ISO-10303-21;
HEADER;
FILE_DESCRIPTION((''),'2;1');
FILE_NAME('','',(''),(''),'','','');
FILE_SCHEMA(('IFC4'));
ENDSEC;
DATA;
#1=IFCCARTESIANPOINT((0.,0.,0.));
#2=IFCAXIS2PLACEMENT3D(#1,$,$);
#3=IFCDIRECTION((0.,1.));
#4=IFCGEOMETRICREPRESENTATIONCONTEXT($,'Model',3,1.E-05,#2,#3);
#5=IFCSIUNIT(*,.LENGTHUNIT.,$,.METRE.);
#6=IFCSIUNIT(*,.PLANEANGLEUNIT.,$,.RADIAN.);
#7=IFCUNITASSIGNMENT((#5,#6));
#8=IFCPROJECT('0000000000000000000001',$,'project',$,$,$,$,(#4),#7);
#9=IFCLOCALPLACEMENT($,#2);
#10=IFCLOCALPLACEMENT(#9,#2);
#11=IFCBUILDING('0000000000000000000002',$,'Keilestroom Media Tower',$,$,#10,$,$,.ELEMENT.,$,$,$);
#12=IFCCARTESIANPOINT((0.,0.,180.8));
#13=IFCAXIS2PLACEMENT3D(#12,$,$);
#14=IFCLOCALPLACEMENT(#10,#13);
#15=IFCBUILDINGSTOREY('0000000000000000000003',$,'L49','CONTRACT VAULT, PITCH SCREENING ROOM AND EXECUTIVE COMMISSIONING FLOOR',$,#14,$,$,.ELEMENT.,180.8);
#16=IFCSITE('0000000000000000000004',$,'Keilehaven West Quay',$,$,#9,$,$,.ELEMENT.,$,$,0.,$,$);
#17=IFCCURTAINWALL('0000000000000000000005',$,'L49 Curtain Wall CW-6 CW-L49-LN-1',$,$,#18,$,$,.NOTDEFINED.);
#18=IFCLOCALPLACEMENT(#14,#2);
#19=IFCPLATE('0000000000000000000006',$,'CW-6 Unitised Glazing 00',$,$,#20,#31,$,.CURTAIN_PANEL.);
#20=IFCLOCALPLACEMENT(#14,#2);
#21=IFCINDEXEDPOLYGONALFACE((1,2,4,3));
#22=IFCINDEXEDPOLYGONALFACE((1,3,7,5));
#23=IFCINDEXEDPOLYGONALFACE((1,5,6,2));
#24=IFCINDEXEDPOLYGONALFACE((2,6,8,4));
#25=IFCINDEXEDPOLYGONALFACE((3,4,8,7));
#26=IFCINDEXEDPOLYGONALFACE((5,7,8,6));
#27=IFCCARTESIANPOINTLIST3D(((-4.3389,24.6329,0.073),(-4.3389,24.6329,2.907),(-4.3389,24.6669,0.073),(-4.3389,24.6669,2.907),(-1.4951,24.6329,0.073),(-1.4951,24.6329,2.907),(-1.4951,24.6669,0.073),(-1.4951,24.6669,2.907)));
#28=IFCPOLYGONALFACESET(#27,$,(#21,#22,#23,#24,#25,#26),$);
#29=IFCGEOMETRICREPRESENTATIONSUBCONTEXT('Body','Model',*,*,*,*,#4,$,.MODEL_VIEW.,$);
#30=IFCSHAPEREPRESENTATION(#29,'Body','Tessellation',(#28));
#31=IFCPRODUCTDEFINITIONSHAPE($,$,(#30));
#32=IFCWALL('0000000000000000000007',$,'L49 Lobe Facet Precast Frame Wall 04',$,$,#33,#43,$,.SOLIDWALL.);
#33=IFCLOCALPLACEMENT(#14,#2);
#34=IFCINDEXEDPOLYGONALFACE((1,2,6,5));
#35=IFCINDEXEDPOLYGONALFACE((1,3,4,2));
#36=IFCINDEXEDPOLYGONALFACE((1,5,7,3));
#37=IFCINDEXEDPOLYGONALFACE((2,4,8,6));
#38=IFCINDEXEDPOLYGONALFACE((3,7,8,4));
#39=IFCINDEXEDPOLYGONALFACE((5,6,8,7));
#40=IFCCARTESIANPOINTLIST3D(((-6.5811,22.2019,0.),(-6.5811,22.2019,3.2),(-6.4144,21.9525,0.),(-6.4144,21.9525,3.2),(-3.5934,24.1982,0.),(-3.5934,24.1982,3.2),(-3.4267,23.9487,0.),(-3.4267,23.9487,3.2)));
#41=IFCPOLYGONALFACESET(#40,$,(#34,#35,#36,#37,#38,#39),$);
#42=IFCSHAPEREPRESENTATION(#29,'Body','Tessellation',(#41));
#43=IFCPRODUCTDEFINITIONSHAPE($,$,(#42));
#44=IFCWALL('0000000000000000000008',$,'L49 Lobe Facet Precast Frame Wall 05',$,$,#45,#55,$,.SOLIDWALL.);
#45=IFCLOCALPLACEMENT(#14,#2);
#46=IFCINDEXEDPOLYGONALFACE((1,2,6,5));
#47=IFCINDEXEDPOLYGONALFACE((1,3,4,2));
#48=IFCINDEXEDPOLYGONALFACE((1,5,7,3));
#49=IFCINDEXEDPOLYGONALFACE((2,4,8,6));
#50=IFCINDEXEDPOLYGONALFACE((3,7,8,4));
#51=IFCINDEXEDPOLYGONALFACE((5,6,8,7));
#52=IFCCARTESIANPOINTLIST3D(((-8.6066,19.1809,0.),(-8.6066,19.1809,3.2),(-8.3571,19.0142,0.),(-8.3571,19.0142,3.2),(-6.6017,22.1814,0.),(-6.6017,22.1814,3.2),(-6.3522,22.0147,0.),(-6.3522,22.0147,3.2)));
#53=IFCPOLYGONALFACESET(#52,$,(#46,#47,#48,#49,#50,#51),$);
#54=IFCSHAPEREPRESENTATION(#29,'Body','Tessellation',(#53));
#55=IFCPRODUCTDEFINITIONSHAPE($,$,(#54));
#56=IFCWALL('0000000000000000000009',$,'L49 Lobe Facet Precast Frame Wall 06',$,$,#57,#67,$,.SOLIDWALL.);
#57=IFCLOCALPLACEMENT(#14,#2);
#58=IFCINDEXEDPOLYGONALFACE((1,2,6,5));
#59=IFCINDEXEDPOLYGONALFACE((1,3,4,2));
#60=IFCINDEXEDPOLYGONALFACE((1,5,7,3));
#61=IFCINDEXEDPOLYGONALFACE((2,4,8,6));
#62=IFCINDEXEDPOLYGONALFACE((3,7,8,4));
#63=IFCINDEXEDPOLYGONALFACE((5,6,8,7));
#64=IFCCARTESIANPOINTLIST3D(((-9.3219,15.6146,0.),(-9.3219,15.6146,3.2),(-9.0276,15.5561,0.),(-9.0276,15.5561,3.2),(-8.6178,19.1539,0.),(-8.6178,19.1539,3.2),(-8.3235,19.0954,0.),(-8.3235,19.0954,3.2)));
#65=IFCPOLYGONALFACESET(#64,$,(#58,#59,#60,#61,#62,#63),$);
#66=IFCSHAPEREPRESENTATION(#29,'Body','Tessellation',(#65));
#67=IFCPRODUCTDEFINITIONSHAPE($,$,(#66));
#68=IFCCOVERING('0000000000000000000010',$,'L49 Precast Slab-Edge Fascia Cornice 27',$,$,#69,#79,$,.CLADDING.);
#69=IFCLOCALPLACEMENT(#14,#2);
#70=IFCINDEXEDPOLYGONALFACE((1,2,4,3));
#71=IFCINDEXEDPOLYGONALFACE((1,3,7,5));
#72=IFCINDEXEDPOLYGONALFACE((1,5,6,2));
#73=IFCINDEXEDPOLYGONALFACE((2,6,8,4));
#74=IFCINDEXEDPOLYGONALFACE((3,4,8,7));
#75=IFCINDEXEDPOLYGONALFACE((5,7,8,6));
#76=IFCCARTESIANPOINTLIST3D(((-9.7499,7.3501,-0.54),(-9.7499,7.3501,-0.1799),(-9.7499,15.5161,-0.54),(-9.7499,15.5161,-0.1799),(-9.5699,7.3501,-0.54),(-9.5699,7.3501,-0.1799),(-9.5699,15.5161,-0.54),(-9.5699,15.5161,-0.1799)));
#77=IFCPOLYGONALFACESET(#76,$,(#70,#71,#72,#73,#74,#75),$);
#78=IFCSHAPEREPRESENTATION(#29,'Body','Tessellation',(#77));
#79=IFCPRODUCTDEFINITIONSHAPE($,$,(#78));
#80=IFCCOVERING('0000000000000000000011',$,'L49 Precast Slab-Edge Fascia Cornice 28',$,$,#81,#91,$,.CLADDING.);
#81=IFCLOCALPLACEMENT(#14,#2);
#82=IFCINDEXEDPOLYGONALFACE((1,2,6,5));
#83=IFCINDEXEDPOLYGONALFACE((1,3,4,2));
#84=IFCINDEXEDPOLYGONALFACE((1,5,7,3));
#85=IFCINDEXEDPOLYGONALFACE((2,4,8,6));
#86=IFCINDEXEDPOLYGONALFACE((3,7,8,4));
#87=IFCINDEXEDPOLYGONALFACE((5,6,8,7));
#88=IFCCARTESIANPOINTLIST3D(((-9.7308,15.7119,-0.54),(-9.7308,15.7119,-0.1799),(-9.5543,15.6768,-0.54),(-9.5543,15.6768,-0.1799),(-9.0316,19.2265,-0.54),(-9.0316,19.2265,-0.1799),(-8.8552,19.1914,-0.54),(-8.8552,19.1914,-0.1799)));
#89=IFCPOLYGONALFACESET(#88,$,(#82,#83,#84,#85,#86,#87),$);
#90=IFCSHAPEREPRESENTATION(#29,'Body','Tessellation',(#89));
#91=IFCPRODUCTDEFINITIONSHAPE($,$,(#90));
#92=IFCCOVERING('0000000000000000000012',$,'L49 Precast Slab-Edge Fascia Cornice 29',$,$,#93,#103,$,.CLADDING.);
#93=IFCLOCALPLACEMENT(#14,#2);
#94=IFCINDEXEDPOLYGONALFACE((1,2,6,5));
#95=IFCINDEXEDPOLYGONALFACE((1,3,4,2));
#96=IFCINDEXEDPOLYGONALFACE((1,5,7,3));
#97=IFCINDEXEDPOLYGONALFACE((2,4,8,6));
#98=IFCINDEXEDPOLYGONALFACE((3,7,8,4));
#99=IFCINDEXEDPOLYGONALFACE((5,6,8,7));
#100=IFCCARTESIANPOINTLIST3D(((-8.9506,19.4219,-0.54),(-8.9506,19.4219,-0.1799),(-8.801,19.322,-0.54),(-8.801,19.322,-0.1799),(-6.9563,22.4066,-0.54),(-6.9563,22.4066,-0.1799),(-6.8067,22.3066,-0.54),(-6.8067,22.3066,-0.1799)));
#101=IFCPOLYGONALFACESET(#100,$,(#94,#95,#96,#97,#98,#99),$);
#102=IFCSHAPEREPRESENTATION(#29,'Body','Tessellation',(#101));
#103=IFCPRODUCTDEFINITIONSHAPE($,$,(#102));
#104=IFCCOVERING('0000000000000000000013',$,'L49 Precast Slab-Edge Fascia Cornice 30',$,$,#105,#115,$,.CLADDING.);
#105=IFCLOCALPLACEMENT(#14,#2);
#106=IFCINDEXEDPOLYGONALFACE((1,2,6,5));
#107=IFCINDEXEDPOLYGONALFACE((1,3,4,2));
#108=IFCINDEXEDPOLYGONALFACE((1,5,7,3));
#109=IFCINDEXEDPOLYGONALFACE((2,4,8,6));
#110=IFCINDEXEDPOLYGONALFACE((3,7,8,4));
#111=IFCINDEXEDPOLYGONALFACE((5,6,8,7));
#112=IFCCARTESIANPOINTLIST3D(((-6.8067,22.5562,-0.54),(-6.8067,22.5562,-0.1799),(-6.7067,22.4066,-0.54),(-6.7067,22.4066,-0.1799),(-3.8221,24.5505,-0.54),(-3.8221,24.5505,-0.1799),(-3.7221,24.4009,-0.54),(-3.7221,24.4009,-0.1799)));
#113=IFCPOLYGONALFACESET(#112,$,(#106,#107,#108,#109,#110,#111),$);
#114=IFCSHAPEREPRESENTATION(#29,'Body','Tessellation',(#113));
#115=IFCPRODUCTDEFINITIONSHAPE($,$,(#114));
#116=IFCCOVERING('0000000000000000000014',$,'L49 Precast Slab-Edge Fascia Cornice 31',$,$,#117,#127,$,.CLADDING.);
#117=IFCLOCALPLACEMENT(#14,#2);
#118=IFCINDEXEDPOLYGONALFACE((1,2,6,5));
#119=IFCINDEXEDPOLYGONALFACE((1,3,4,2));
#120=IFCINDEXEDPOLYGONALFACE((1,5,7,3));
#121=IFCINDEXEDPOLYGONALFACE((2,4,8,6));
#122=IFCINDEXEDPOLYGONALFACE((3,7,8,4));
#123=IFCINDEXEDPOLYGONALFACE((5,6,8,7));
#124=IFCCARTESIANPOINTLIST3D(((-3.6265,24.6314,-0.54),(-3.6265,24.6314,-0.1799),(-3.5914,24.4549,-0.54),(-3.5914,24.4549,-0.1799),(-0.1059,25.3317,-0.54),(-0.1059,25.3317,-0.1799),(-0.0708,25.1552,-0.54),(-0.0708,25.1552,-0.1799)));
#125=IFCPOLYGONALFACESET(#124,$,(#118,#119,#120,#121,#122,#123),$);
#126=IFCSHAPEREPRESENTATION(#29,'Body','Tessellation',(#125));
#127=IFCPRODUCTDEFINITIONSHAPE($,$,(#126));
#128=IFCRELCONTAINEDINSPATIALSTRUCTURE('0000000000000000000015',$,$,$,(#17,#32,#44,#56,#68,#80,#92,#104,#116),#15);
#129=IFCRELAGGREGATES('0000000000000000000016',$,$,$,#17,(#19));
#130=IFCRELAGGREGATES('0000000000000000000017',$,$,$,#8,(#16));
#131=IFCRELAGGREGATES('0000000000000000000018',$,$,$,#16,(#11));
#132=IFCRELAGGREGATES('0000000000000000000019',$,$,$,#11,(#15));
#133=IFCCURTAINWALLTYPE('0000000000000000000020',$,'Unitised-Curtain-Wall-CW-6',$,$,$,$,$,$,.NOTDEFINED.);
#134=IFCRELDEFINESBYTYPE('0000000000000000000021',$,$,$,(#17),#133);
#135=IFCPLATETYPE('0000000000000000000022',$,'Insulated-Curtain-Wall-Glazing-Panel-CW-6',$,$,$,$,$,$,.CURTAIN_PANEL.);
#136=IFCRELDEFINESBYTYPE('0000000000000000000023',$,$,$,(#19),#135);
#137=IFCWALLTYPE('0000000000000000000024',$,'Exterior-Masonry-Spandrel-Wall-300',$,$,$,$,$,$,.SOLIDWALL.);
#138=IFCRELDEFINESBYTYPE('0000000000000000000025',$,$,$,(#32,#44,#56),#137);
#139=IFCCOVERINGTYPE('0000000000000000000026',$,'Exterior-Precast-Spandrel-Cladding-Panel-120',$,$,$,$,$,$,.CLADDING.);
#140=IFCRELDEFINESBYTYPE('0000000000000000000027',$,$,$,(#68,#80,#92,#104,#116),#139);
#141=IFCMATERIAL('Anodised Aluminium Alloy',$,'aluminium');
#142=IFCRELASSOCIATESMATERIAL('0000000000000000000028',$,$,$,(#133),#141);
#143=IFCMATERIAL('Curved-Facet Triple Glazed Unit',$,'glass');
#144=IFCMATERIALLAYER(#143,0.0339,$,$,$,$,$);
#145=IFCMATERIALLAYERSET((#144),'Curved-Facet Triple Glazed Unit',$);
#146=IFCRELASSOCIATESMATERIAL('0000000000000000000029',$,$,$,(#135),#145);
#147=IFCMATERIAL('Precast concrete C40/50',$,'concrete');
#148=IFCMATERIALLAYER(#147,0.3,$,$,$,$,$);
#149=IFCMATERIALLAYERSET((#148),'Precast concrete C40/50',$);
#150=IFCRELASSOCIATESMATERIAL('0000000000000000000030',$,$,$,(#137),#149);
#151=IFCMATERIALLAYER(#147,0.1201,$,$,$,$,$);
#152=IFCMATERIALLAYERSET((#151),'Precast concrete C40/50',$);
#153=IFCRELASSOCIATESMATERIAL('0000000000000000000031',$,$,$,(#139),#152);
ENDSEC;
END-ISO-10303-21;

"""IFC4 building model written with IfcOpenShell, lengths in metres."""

from ifc_helpers import new_model, si_unit, direction, frame, frame_2d, origin, origin_2d, place, context, subcontext, project, spatial, rectangle, extrude, source, transform, mapped, material, layer, layer_set, type_object, element, aggregate, save


model = new_model("IFC4")

# Units and contexts
model_context = context("Model", 3, precision=1e-05, world=origin(), true_north=direction((0.0, 1.0)))
body_context = subcontext(model_context, "Body", "Model", "MODEL_VIEW")
ifc_project = project(units=[si_unit("LENGTHUNIT", "METRE"), si_unit("PLANEANGLEUNIT", "RADIAN")], contexts=[model_context])

# Site, building, storey
site_placement = place(None, origin())
site = spatial("IfcSite", under=ifc_project, at=site_placement, Name="Keilehaven West Quay", CompositionType="ELEMENT", RefElevation=0.0)
building_placement = place(site_placement, origin())
building = spatial("IfcBuilding", under=site, at=building_placement, Name="Keilestroom Media Tower", CompositionType="ELEMENT")
storey_placement = place(building_placement, frame((0.0, 0.0, 180.8)))
storey = spatial("IfcBuildingStorey", under=building, at=storey_placement, Name="L49", Description="CONTRACT VAULT, PITCH SCREENING ROOM AND EXECUTIVE COMMISSIONING FLOOR", CompositionType="ELEMENT", Elevation=180.8)

# Curtain wall, plate
ifc_material_1 = material(Name="Anodised Aluminium Alloy", Category="aluminium")
curtain_wall_type = type_object("IfcCurtainWallType", Name="Unitised-Curtain-Wall-CW-6", PredefinedType="NOTDEFINED", material=ifc_material_1)
curtain_wall_placement = place(storey_placement, origin())
curtain_wall = element("IfcCurtainWall", 1, at=curtain_wall_placement, inside=storey, type_object=curtain_wall_type, Name="L49 Curtain Wall CW-6 CW-L49-LN-1", PredefinedType="NOTDEFINED")
ifc_material_2 = material(Name="Curved-Facet Triple Glazed Unit", Category="glass")
ifc_layer_1 = layer(ifc_material_2, 0.0339)
ifc_layer_set_1 = layer_set([ifc_layer_1], Name="Curved-Facet Triple Glazed Unit")
plate_type = type_object("IfcPlateType", Name="Insulated-Curtain-Wall-Glazing-Panel-CW-6", PredefinedType="CURTAIN_PANEL", material=ifc_layer_set_1)
shared_shape_1 = source(origin(), body_context, "Body", "SweptSolid", [
    extrude(rectangle(XDim=2.8438, YDim=0.0339, at=origin_2d()), origin(), (0.0, 0.0, 1.0), 2.834),
])
plate_placement = place(storey_placement, frame((-2.917, 24.6499, 0.073), z_axis=(0.0, 0.0, 1.0), x_axis=(1.0, 0.0, 0.0)))
plate = element("IfcPlate", 2, at=plate_placement, type_object=plate_type, Name="CW-6 Unitised Glazing 00", PredefinedType="CURTAIN_PANEL", context=body_context, shape_type="MappedRepresentation", body=[
    mapped(shared_shape_1, transform((0.0, 0.0, 0.0), x_axis=(1.0, 0.0, 0.0), y_axis=(0.0, 1.0, 0.0), z_axis=(0.0, 0.0, 1.0), scale=1.0)),
])
aggregate(curtain_wall, [plate])

# Walls
ifc_material_3 = material(Name="Precast concrete C40/50", Category="concrete")
ifc_layer_2 = layer(ifc_material_3, 0.3)
ifc_layer_set_2 = layer_set([ifc_layer_2], Name="Precast concrete C40/50")
wall_type = type_object("IfcWallType", Name="Exterior-Masonry-Spandrel-Wall-300", PredefinedType="SOLIDWALL", material=ifc_layer_set_2)
wall_placement = place(storey_placement, frame((-3.51, 24.0735, 0.0), z_axis=(0.0, 0.0, 1.0), x_axis=(-0.831475, -0.555562, 0.0)))
element("IfcWall", 3, at=wall_placement, inside=storey, type_object=wall_type, Name="L49 Lobe Facet Precast Frame Wall 04", PredefinedType="SOLIDWALL", context=body_context, shape_type="SweptSolid", body=[
    extrude(rectangle(XDim=3.5933, YDim=0.3, at=frame_2d((1.7966, 0.0))), origin(), (0.0, 0.0, 1.0), 3.2),
])
for number, where, z_axis, x_axis, name in (
    (4, (-6.4771, 22.0979, 0.0), (0.0, 0.0, 1.0), (-0.555574, -0.831467, 0.0), "L49 Lobe Facet Precast Frame Wall 05"),
    (5, (-8.4707, 19.1245, 0.0), (0.0, 0.0, 1.0), (-0.195114, -0.980781, 0.0), "L49 Lobe Facet Precast Frame Wall 06"),
):
    element("IfcWall", number, at=place(storey_placement, frame(where, z_axis=z_axis, x_axis=x_axis)), inside=storey, type_object=wall_type, Name=name, PredefinedType="SOLIDWALL", context=body_context, shape_type="SweptSolid", body=[
        extrude(rectangle(XDim=3.6086, YDim=0.3, at=frame_2d((1.8042, 0.0))), origin(), (0.0, 0.0, 1.0), 3.2),
    ])

# Coverings
ifc_layer_3 = layer(ifc_material_3, 0.1201)
ifc_layer_set_3 = layer_set([ifc_layer_3], Name="Precast concrete C40/50")
covering_type = type_object("IfcCoveringType", Name="Exterior-Precast-Spandrel-Cladding-Panel-120", PredefinedType="CLADDING", material=ifc_layer_set_3)
shared_shape_2 = source(origin(), body_context, "Body", "SweptSolid", [
    extrude(rectangle(XDim=8.166, YDim=0.1799, at=origin_2d()), origin(), (0.0, 0.0, 1.0), 0.3601),
])
covering_1_placement = place(storey_placement, frame((-9.6599, 11.4331, -0.54), z_axis=(0.0, 0.0, 1.0), x_axis=(0.0, 1.0, 0.0)))
element("IfcCovering", 6, at=covering_1_placement, inside=storey, type_object=covering_type, Name="L49 Precast Slab-Edge Fascia Cornice 27", PredefinedType="CLADDING", context=body_context, shape_type="MappedRepresentation", body=[
    mapped(shared_shape_2, transform((0.0, 0.0, 0.0), x_axis=(1.0, 0.0, 0.0), y_axis=(0.0, 1.0, 0.0), z_axis=(0.0, 0.0, 1.0), scale=1.0)),
])
shared_shape_3 = source(origin(), body_context, "Body", "SweptSolid", [
    extrude(rectangle(XDim=3.5835, YDim=0.1799, at=origin_2d()), origin(), (0.0, 0.0, 1.0), 0.3601),
])
covering_2_placement = place(storey_placement, frame((-9.293, 17.4517, -0.54), z_axis=(0.0, 0.0, 1.0), x_axis=(0.195099, 0.980784, 0.0)))
element("IfcCovering", 7, at=covering_2_placement, inside=storey, type_object=covering_type, Name="L49 Precast Slab-Edge Fascia Cornice 28", PredefinedType="CLADDING", context=body_context, shape_type="MappedRepresentation", body=[
    mapped(shared_shape_3, transform((0.0, 0.0, 0.0), x_axis=(1.0, 0.0, 0.0), y_axis=(0.0, 1.0, 0.0), z_axis=(0.0, 0.0, 1.0), scale=1.0)),
])
shared_shape_4 = source(origin(), body_context, "Body", "SweptSolid", [
    extrude(rectangle(XDim=3.5896, YDim=0.1799, at=origin_2d()), origin(), (0.0, 0.0, 1.0), 0.3601),
])
for number, where, z_axis, x_axis, name in (
    (8, (-7.8787, 20.8643, -0.54), (0.0, 0.0, 1.0), (0.555575, 0.831467, 0.0), "L49 Precast Slab-Edge Fascia Cornice 29"),
    (9, (-5.2644, 23.4785, -0.54), (0.0, 0.0, 1.0), (0.831467, 0.555575, 0.0), "L49 Precast Slab-Edge Fascia Cornice 30"),
    (10, (-1.8486, 24.8933, -0.54), (0.0, 0.0, 1.0), (0.980784, 0.195099, 0.0), "L49 Precast Slab-Edge Fascia Cornice 31"),
):
    element("IfcCovering", number, at=place(storey_placement, frame(where, z_axis=z_axis, x_axis=x_axis)), inside=storey, type_object=covering_type, Name=name, PredefinedType="CLADDING", context=body_context, shape_type="MappedRepresentation", body=[
        mapped(shared_shape_4, transform((0.0, 0.0, 0.0), x_axis=(1.0, 0.0, 0.0), y_axis=(0.0, 1.0, 0.0), z_axis=(0.0, 0.0, 1.0), scale=1.0)),
    ])

save(model, "model.ifc")
